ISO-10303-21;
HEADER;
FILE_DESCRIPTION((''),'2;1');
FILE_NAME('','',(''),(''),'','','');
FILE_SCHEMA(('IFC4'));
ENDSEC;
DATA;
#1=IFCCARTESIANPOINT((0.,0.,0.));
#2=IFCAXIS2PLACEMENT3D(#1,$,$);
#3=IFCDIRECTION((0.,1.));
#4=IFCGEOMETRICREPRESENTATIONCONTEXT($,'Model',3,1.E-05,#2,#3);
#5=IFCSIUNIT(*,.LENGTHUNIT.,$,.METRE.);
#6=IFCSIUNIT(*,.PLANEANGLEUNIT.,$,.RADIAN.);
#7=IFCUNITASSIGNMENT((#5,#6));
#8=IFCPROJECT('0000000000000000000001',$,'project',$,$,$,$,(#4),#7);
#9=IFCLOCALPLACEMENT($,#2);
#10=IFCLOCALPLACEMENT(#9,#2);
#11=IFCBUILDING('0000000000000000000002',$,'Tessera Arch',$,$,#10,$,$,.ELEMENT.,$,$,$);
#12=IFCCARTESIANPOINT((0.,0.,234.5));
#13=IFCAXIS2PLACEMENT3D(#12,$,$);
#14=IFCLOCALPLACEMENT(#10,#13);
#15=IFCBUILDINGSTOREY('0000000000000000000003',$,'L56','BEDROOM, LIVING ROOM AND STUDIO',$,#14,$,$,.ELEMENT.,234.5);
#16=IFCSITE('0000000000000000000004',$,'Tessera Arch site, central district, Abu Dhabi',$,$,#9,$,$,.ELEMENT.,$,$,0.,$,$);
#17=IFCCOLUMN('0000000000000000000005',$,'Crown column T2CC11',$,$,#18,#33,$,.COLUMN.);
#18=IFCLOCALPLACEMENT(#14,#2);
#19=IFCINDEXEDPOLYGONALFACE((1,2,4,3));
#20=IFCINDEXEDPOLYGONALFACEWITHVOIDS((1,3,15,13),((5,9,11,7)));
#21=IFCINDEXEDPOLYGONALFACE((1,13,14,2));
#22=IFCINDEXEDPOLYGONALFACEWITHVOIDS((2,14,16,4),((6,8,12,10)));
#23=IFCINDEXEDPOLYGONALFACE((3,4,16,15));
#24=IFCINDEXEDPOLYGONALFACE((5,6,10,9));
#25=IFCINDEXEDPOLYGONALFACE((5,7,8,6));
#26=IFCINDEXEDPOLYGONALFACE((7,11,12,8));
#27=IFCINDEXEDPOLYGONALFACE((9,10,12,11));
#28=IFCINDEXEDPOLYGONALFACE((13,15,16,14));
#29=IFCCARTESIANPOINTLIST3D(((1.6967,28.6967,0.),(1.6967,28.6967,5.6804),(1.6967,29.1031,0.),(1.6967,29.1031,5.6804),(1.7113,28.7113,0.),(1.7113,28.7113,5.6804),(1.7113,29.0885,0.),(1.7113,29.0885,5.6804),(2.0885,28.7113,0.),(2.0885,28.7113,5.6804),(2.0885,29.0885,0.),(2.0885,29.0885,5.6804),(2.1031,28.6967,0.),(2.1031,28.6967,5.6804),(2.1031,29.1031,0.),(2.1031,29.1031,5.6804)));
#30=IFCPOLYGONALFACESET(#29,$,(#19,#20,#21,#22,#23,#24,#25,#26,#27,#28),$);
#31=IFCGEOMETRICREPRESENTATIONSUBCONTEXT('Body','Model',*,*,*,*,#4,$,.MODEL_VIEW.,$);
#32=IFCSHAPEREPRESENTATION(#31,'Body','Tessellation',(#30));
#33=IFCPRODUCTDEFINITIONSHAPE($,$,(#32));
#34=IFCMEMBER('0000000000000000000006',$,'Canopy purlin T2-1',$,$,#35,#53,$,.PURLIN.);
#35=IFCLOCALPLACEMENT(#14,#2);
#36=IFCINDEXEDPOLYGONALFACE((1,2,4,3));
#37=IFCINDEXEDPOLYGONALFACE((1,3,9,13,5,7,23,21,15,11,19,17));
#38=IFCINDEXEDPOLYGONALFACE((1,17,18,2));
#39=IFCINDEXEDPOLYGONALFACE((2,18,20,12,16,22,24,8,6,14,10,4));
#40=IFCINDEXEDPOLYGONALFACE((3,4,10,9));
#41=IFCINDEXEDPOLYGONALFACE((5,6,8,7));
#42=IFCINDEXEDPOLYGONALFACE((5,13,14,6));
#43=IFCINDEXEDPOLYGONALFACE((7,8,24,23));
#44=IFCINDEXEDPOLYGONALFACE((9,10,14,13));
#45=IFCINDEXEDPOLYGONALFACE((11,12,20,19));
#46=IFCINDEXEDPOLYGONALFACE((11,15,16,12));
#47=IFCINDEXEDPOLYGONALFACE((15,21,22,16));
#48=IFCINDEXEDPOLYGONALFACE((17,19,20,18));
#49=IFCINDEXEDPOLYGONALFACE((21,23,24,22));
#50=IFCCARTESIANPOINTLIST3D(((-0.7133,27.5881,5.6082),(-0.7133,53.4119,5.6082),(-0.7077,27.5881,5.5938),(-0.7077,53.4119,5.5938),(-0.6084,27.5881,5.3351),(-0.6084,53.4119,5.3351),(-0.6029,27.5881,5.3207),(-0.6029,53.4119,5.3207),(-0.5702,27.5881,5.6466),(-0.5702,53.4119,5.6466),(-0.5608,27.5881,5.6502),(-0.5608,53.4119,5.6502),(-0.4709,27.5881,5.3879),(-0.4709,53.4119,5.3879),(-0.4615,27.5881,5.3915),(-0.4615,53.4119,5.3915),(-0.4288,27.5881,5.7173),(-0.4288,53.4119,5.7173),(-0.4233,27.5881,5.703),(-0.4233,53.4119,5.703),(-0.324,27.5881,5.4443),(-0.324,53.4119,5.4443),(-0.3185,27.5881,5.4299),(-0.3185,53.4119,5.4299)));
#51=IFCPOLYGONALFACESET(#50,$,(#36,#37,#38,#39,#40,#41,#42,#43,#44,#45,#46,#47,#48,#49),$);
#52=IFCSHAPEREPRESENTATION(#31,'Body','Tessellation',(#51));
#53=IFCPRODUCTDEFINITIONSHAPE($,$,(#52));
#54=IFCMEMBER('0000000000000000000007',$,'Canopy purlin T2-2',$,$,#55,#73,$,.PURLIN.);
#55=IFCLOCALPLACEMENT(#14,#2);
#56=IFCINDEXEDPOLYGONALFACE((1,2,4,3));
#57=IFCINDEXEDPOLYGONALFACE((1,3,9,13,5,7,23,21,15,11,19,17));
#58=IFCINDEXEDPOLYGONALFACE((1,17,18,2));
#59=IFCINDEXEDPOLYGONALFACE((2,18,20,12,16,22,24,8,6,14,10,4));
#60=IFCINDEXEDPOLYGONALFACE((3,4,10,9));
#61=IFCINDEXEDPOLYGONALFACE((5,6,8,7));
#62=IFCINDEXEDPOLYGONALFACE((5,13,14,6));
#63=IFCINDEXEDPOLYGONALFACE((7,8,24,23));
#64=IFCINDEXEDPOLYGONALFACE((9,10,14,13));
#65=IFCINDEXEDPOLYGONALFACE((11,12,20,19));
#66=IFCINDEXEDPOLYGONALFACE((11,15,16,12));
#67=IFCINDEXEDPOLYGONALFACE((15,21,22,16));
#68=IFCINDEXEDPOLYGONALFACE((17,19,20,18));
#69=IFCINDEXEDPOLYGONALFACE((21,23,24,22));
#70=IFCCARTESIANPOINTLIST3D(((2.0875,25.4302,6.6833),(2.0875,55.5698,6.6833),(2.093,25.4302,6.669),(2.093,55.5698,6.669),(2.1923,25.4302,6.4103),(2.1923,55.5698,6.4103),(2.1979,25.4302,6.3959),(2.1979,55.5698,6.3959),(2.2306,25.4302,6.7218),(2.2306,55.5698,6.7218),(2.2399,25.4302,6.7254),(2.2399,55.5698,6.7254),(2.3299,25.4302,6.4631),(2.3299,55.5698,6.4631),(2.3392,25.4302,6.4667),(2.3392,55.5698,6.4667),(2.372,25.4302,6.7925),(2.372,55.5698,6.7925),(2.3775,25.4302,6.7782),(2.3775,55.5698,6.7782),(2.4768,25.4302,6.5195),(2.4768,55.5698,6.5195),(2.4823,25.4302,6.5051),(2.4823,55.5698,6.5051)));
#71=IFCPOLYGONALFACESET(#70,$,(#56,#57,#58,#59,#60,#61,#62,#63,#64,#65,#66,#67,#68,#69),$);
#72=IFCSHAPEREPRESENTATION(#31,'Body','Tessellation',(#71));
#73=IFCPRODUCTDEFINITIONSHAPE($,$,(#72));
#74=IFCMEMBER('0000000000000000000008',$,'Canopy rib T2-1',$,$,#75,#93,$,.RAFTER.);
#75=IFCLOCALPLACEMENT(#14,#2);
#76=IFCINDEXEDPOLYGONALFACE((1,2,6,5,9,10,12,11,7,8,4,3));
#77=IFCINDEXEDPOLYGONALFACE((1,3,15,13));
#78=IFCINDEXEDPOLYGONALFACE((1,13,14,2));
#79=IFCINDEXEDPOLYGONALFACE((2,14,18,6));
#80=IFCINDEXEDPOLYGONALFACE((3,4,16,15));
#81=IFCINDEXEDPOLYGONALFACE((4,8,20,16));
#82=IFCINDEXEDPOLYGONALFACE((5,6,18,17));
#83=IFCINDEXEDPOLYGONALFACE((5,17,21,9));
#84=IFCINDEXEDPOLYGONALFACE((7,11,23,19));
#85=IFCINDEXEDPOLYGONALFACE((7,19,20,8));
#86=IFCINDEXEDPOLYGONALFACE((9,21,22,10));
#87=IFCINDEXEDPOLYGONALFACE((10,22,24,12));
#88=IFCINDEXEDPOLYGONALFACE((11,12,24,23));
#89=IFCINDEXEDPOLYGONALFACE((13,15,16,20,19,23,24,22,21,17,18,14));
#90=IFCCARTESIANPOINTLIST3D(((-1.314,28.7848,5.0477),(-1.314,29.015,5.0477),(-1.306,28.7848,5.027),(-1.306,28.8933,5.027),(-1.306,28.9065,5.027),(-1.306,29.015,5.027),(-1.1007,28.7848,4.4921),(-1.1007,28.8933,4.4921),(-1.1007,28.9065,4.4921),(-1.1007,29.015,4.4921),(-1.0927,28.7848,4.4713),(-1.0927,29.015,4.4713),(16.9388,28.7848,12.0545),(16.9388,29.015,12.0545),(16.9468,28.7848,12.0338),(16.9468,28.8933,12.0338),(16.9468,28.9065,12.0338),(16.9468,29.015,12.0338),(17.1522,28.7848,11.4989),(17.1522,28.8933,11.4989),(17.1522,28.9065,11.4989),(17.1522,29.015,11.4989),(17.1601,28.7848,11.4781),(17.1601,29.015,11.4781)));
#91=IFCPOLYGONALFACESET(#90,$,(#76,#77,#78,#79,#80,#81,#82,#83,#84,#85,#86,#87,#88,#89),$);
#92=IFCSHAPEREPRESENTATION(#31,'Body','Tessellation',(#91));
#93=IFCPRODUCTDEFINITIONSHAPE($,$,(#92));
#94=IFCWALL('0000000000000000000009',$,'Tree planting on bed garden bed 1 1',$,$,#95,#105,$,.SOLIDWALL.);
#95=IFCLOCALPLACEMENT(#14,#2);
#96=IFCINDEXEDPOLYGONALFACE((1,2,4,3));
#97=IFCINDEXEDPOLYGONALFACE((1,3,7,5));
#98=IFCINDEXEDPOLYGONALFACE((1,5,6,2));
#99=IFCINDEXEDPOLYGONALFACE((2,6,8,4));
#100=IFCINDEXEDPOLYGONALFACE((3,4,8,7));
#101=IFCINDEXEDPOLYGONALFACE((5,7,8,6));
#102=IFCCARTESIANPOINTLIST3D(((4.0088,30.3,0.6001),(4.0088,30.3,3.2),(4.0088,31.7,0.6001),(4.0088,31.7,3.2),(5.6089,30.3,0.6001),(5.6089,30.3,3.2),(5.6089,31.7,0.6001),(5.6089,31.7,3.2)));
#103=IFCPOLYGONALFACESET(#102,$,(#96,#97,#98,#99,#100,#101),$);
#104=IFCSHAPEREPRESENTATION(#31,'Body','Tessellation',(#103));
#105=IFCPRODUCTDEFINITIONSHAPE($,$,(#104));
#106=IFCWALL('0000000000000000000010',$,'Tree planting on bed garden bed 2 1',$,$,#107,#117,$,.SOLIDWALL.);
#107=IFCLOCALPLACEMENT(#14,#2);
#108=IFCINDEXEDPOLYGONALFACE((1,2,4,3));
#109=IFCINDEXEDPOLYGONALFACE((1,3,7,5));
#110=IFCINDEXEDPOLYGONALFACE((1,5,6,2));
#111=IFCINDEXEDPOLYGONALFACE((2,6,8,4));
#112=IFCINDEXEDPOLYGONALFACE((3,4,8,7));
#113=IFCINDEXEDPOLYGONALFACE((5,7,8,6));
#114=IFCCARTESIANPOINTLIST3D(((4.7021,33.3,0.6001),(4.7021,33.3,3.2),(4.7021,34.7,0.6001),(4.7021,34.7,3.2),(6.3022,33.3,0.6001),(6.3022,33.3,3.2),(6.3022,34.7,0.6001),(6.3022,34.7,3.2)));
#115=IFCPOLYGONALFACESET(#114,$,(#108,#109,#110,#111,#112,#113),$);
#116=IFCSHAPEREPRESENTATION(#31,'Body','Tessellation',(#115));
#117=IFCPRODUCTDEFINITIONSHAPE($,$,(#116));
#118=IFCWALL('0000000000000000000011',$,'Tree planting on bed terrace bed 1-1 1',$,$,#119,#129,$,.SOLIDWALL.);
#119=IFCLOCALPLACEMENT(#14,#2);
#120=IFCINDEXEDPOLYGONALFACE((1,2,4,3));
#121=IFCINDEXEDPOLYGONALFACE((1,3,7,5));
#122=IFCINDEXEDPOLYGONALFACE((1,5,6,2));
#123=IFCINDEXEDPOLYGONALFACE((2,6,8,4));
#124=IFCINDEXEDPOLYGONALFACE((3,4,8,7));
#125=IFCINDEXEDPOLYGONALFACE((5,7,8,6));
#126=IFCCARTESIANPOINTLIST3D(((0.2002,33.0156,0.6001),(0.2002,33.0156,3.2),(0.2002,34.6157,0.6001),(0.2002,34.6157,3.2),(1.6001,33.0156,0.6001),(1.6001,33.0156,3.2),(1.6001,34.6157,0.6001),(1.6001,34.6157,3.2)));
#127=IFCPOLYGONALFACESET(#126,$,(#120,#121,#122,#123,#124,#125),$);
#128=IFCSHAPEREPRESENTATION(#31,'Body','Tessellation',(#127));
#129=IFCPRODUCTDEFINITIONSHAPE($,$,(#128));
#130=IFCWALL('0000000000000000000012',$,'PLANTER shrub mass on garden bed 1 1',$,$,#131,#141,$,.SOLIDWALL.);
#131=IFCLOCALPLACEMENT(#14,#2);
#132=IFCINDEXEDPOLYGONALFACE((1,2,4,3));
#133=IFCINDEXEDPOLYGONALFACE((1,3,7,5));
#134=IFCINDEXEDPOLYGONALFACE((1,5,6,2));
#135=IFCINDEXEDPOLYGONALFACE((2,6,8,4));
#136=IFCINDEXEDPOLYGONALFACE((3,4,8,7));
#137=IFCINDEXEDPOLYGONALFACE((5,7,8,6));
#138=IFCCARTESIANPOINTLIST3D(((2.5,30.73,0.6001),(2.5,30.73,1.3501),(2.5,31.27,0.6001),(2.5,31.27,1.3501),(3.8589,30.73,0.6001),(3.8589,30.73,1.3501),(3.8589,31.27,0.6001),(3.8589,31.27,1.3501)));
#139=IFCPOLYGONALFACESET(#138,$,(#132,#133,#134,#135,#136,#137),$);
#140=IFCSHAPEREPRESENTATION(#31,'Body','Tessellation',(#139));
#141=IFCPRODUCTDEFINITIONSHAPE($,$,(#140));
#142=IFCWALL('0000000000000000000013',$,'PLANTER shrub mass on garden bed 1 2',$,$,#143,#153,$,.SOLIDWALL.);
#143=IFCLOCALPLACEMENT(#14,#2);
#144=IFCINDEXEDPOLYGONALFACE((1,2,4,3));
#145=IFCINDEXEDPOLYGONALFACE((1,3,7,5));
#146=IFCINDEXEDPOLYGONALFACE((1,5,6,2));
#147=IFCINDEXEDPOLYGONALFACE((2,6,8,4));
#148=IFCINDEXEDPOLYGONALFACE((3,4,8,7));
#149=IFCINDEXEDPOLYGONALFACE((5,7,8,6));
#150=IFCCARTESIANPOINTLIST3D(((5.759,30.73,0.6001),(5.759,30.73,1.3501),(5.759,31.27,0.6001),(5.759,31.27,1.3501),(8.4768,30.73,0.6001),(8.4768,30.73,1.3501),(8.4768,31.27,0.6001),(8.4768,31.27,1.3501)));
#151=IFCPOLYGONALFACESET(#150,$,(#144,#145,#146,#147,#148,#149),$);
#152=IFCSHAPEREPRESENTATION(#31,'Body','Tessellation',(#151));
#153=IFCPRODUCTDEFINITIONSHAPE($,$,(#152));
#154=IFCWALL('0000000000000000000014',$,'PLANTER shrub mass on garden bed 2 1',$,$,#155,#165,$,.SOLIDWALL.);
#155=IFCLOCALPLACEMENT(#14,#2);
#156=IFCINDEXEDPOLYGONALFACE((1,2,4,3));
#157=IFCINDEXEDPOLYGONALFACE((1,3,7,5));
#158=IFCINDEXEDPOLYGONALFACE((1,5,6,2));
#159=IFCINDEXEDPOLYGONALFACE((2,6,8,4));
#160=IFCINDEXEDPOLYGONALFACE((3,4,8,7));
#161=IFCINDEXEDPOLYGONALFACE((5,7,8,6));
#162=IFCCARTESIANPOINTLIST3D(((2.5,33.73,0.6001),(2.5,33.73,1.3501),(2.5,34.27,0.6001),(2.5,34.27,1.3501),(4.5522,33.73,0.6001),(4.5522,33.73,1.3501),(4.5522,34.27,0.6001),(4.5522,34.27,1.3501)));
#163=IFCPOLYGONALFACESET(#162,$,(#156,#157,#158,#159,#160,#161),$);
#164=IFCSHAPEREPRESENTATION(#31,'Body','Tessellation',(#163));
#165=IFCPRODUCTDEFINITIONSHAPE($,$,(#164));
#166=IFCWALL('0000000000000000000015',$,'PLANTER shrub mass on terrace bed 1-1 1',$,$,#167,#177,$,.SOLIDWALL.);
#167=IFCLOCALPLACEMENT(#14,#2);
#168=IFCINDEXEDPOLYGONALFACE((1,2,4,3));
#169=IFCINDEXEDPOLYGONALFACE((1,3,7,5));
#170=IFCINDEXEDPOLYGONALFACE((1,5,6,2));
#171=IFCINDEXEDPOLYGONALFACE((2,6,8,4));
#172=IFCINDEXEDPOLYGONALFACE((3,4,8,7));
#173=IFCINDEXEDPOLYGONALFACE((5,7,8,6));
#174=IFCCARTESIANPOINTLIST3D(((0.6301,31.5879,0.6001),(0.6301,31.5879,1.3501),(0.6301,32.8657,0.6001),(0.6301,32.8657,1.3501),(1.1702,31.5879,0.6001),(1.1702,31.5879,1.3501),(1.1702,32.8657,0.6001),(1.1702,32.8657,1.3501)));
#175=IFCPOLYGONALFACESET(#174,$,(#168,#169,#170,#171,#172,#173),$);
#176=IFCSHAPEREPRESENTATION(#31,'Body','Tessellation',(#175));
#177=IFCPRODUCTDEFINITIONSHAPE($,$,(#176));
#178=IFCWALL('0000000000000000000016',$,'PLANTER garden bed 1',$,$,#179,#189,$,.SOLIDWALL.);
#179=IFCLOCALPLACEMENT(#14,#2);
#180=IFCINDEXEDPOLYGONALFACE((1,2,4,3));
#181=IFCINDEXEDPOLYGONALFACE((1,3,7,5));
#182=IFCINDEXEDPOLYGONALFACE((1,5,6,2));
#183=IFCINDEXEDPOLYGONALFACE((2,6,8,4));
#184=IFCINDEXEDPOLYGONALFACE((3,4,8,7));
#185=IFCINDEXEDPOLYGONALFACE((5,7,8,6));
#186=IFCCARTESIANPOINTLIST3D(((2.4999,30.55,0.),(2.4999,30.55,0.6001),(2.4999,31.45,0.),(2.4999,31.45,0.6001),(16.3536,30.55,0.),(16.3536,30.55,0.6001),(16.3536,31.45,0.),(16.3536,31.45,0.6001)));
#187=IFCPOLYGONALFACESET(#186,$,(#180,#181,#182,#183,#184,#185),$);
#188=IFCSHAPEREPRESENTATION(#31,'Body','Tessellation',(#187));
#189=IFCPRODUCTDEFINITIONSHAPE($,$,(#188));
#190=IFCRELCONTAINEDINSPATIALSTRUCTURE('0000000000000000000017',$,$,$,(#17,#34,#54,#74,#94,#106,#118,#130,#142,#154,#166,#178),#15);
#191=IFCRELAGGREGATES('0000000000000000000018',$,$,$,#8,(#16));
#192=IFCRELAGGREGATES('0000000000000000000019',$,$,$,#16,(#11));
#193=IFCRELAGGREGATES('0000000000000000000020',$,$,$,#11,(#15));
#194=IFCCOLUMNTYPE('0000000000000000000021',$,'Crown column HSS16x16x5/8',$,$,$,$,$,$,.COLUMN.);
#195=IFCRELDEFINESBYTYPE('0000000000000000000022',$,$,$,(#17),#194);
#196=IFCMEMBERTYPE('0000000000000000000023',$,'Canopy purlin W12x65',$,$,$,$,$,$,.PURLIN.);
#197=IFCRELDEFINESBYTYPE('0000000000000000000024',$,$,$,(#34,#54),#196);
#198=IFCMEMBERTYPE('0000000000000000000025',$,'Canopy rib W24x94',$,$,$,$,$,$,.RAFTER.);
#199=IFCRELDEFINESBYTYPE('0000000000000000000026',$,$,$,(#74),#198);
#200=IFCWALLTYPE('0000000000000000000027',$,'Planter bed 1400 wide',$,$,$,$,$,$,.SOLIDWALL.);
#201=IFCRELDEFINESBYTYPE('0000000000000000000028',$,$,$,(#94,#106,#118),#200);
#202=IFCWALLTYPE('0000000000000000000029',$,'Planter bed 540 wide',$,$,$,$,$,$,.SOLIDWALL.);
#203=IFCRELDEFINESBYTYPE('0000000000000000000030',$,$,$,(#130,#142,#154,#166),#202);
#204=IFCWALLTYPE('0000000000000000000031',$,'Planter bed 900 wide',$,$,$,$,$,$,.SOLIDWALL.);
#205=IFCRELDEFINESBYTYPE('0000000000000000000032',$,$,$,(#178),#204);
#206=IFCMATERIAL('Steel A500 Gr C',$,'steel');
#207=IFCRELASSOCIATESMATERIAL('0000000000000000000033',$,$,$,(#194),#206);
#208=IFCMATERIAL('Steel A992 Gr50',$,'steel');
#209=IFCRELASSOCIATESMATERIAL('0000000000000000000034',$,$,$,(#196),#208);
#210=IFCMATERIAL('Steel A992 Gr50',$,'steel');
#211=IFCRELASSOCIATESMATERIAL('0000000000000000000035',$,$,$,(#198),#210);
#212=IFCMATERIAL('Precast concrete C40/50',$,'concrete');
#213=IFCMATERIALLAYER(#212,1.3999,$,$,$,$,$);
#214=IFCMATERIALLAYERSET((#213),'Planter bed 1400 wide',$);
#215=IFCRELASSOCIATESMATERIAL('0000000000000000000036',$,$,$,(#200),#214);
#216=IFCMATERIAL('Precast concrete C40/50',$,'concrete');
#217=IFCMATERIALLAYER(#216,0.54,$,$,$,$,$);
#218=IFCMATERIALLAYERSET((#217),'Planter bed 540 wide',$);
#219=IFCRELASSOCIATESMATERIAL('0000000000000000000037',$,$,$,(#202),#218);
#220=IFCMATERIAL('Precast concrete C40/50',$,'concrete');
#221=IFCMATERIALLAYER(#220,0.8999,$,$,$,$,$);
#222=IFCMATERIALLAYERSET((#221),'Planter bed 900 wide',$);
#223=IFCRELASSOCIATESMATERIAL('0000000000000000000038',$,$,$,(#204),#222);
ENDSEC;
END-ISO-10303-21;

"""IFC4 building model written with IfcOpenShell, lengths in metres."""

from ifc_helpers import new_model, si_unit, direction, frame, frame_2d, origin, origin_2d, place, context, subcontext, project, spatial, rectangle, hollow_rectangle, i_section, extrude, material, layer, layer_set, material_profile, profile_set, type_object, element, save


model = new_model("IFC4")

# Units and contexts
model_context = context("Model", 3, precision=1e-05, world=origin(), true_north=direction((0.0, 1.0)))
body_context = subcontext(model_context, "Body", "Model", "MODEL_VIEW")
ifc_project = project(units=[si_unit("LENGTHUNIT", "METRE"), si_unit("PLANEANGLEUNIT", "RADIAN")], contexts=[model_context])

# Site, building, storey
site_placement = place(None, origin())
site = spatial("IfcSite", under=ifc_project, at=site_placement, Name="Tessera Arch site, central district, Abu Dhabi", CompositionType="ELEMENT", RefElevation=0.0)
building_placement = place(site_placement, origin())
building = spatial("IfcBuilding", under=site, at=building_placement, Name="Tessera Arch", CompositionType="ELEMENT")
storey_placement = place(building_placement, frame((0.0, 0.0, 234.5)))
storey = spatial("IfcBuildingStorey", under=building, at=storey_placement, Name="L56", Description="BEDROOM, LIVING ROOM AND STUDIO", CompositionType="ELEMENT", Elevation=234.5)

# Column
ifc_material_1 = material(Name="Steel A500 Gr C", Category="steel")
ifc_material_profile_1 = material_profile(ifc_material_1, hollow_rectangle(XDim=0.4065, YDim=0.4065, WallThickness=0.0146, at=origin_2d()), Name="HSS16x16x5/8")
ifc_profile_set_1 = profile_set([ifc_material_profile_1], Name="Steel A500 Gr C")
column_type = type_object("IfcColumnType", Name="Crown column HSS16x16x5/8", PredefinedType="COLUMN", material=ifc_profile_set_1)
column_placement = place(storey_placement, frame((1.8999, 28.8999, 0.0), z_axis=(0.0, 0.0, 1.0), x_axis=(1.0, 0.0, 0.0)))
element("IfcColumn", 1, at=column_placement, inside=storey, type_object=column_type, Name="Crown column T2CC11", PredefinedType="COLUMN", context=body_context, shape_type="SweptSolid", body=[
    extrude(hollow_rectangle(XDim=0.4065, YDim=0.4065, WallThickness=0.0146, at=origin_2d()), origin(), (0.0, 0.0, 1.0), 5.6804),
])

# Members
ifc_material_2 = material(Name="Steel A992 Gr50", Category="steel")
ifc_material_profile_2 = material_profile(ifc_material_2, i_section(OverallWidth=0.3047, OverallDepth=0.3079, WebThickness=0.01, FlangeThickness=0.0154, at=origin_2d()), Name="W12x65")
ifc_profile_set_2 = profile_set([ifc_material_profile_2], Name="Steel A992 Gr50")
member_type_1 = type_object("IfcMemberType", Name="Canopy purlin W12x65", PredefinedType="PURLIN", material=ifc_profile_set_2)
member_1_placement = place(storey_placement, frame((-0.5159, 27.5881, 5.519), z_axis=(0.0, 1.0, 0.0), x_axis=(-0.93358, 0.0, -0.358368)))
element("IfcMember", 2, at=member_1_placement, inside=storey, type_object=member_type_1, Name="Canopy purlin T2-1", PredefinedType="PURLIN", context=body_context, shape_type="SweptSolid", body=[
    extrude(i_section(OverallWidth=0.3047, OverallDepth=0.3079, WebThickness=0.01, FlangeThickness=0.0154, at=origin_2d()), origin(), (0.0, 0.0, 1.0), 25.8237),
])
member_2_placement = place(storey_placement, frame((2.2849, 25.4302, 6.5942), z_axis=(0.0, 1.0, 0.0), x_axis=(-0.93358, 0.0, -0.358368)))
element("IfcMember", 3, at=member_2_placement, inside=storey, type_object=member_type_1, Name="Canopy purlin T2-2", PredefinedType="PURLIN", context=body_context, shape_type="SweptSolid", body=[
    extrude(i_section(OverallWidth=0.3047, OverallDepth=0.3079, WebThickness=0.01, FlangeThickness=0.0154, at=origin_2d()), origin(), (0.0, 0.0, 1.0), 30.1396),
])
ifc_material_3 = material(Name="Steel A992 Gr50", Category="steel")
ifc_material_profile_3 = material_profile(ifc_material_3, i_section(OverallWidth=0.2302, OverallDepth=0.6174, WebThickness=0.0132, FlangeThickness=0.0222, at=origin_2d()), Name="W24x94")
ifc_profile_set_3 = profile_set([ifc_material_profile_3], Name="Steel A992 Gr50")
member_type_2 = type_object("IfcMemberType", Name="Canopy rib W24x94", PredefinedType="RAFTER", material=ifc_profile_set_3)
member_3_placement = place(storey_placement, frame((-1.2034, 28.8999, 4.7595), z_axis=(0.933577, 0.0, 0.358377), x_axis=(0.0, 1.0, 0.0)))
element("IfcMember", 4, at=member_3_placement, inside=storey, type_object=member_type_2, Name="Canopy rib T2-1", PredefinedType="RAFTER", context=body_context, shape_type="SweptSolid", body=[
    extrude(i_section(OverallWidth=0.2302, OverallDepth=0.6174, WebThickness=0.0132, FlangeThickness=0.0222, at=origin_2d()), origin(), (0.0, 0.0, 1.0), 19.5515),
])

# Walls
ifc_material_4 = material(Name="Precast concrete C40/50", Category="concrete")
ifc_layer_1 = layer(ifc_material_4, 1.3999)
ifc_layer_set_1 = layer_set([ifc_layer_1], Name="Planter bed 1400 wide")
wall_type_1 = type_object("IfcWallType", Name="Planter bed 1400 wide", PredefinedType="SOLIDWALL", material=ifc_layer_set_1)
for number, where, z_axis, x_axis, name in (
    (5, (4.0088, 31.0, 0.6001), (0.0, 0.0, 1.0), (1.0, 0.0, 0.0), "Tree planting on bed garden bed 1 1"),
    (6, (4.7021, 34.0, 0.6001), (0.0, 0.0, 1.0), (1.0, 0.0, 0.0), "Tree planting on bed garden bed 2 1"),
    (7, (0.9001, 33.0156, 0.6001), (0.0, 0.0, 1.0), (0.0, 1.0, 0.0), "Tree planting on bed terrace bed 1-1 1"),
):
    element("IfcWall", number, at=place(storey_placement, frame(where, z_axis=z_axis, x_axis=x_axis)), inside=storey, type_object=wall_type_1, Name=name, PredefinedType="SOLIDWALL", context=body_context, shape_type="SweptSolid", body=[
        extrude(rectangle(XDim=1.6001, YDim=1.3999, at=frame_2d((0.8, 0.0))), origin(), (0.0, 0.0, 1.0), 2.5999),
    ])
ifc_material_5 = material(Name="Precast concrete C40/50", Category="concrete")
ifc_layer_2 = layer(ifc_material_5, 0.54)
ifc_layer_set_2 = layer_set([ifc_layer_2], Name="Planter bed 540 wide")
wall_type_2 = type_object("IfcWallType", Name="Planter bed 540 wide", PredefinedType="SOLIDWALL", material=ifc_layer_set_2)
wall_1_placement = place(storey_placement, frame((2.5, 31.0, 0.6001), z_axis=(0.0, 0.0, 1.0), x_axis=(1.0, 0.0, 0.0)))
element("IfcWall", 8, at=wall_1_placement, inside=storey, type_object=wall_type_2, Name="PLANTER shrub mass on garden bed 1 1", PredefinedType="SOLIDWALL", context=body_context, shape_type="SweptSolid", body=[
    extrude(rectangle(XDim=1.3589, YDim=0.54, at=frame_2d((0.6794, 0.0))), origin(), (0.0, 0.0, 1.0), 0.75),
])
wall_2_placement = place(storey_placement, frame((5.759, 31.0, 0.6001), z_axis=(0.0, 0.0, 1.0), x_axis=(1.0, 0.0, 0.0)))
element("IfcWall", 9, at=wall_2_placement, inside=storey, type_object=wall_type_2, Name="PLANTER shrub mass on garden bed 1 2", PredefinedType="SOLIDWALL", context=body_context, shape_type="SweptSolid", body=[
    extrude(rectangle(XDim=2.7178, YDim=0.54, at=frame_2d((1.3589, 0.0))), origin(), (0.0, 0.0, 1.0), 0.75),
])
wall_3_placement = place(storey_placement, frame((2.5, 34.0, 0.6001), z_axis=(0.0, 0.0, 1.0), x_axis=(1.0, 0.0, 0.0)))
element("IfcWall", 10, at=wall_3_placement, inside=storey, type_object=wall_type_2, Name="PLANTER shrub mass on garden bed 2 1", PredefinedType="SOLIDWALL", context=body_context, shape_type="SweptSolid", body=[
    extrude(rectangle(XDim=2.0522, YDim=0.54, at=frame_2d((1.0261, 0.0))), origin(), (0.0, 0.0, 1.0), 0.75),
])
wall_4_placement = place(storey_placement, frame((0.9001, 31.5879, 0.6001), z_axis=(0.0, 0.0, 1.0), x_axis=(0.0, 1.0, 0.0)))
element("IfcWall", 11, at=wall_4_placement, inside=storey, type_object=wall_type_2, Name="PLANTER shrub mass on terrace bed 1-1 1", PredefinedType="SOLIDWALL", context=body_context, shape_type="SweptSolid", body=[
    extrude(rectangle(XDim=1.2778, YDim=0.54, at=frame_2d((0.6389, 0.0))), origin(), (0.0, 0.0, 1.0), 0.75),
])
ifc_material_6 = material(Name="Precast concrete C40/50", Category="concrete")
ifc_layer_3 = layer(ifc_material_6, 0.8999)
ifc_layer_set_3 = layer_set([ifc_layer_3], Name="Planter bed 900 wide")
wall_type_3 = type_object("IfcWallType", Name="Planter bed 900 wide", PredefinedType="SOLIDWALL", material=ifc_layer_set_3)
wall_5_placement = place(storey_placement, frame((2.5, 31.0, 0.0), z_axis=(0.0, 0.0, 1.0), x_axis=(1.0, 0.0, 0.0)))
element("IfcWall", 12, at=wall_5_placement, inside=storey, type_object=wall_type_3, Name="PLANTER garden bed 1", PredefinedType="SOLIDWALL", context=body_context, shape_type="SweptSolid", body=[
    extrude(rectangle(XDim=13.8538, YDim=0.8999, at=frame_2d((6.9268, 0.0))), origin(), (0.0, 0.0, 1.0), 0.6001),
])

save(model, "model.ifc")
